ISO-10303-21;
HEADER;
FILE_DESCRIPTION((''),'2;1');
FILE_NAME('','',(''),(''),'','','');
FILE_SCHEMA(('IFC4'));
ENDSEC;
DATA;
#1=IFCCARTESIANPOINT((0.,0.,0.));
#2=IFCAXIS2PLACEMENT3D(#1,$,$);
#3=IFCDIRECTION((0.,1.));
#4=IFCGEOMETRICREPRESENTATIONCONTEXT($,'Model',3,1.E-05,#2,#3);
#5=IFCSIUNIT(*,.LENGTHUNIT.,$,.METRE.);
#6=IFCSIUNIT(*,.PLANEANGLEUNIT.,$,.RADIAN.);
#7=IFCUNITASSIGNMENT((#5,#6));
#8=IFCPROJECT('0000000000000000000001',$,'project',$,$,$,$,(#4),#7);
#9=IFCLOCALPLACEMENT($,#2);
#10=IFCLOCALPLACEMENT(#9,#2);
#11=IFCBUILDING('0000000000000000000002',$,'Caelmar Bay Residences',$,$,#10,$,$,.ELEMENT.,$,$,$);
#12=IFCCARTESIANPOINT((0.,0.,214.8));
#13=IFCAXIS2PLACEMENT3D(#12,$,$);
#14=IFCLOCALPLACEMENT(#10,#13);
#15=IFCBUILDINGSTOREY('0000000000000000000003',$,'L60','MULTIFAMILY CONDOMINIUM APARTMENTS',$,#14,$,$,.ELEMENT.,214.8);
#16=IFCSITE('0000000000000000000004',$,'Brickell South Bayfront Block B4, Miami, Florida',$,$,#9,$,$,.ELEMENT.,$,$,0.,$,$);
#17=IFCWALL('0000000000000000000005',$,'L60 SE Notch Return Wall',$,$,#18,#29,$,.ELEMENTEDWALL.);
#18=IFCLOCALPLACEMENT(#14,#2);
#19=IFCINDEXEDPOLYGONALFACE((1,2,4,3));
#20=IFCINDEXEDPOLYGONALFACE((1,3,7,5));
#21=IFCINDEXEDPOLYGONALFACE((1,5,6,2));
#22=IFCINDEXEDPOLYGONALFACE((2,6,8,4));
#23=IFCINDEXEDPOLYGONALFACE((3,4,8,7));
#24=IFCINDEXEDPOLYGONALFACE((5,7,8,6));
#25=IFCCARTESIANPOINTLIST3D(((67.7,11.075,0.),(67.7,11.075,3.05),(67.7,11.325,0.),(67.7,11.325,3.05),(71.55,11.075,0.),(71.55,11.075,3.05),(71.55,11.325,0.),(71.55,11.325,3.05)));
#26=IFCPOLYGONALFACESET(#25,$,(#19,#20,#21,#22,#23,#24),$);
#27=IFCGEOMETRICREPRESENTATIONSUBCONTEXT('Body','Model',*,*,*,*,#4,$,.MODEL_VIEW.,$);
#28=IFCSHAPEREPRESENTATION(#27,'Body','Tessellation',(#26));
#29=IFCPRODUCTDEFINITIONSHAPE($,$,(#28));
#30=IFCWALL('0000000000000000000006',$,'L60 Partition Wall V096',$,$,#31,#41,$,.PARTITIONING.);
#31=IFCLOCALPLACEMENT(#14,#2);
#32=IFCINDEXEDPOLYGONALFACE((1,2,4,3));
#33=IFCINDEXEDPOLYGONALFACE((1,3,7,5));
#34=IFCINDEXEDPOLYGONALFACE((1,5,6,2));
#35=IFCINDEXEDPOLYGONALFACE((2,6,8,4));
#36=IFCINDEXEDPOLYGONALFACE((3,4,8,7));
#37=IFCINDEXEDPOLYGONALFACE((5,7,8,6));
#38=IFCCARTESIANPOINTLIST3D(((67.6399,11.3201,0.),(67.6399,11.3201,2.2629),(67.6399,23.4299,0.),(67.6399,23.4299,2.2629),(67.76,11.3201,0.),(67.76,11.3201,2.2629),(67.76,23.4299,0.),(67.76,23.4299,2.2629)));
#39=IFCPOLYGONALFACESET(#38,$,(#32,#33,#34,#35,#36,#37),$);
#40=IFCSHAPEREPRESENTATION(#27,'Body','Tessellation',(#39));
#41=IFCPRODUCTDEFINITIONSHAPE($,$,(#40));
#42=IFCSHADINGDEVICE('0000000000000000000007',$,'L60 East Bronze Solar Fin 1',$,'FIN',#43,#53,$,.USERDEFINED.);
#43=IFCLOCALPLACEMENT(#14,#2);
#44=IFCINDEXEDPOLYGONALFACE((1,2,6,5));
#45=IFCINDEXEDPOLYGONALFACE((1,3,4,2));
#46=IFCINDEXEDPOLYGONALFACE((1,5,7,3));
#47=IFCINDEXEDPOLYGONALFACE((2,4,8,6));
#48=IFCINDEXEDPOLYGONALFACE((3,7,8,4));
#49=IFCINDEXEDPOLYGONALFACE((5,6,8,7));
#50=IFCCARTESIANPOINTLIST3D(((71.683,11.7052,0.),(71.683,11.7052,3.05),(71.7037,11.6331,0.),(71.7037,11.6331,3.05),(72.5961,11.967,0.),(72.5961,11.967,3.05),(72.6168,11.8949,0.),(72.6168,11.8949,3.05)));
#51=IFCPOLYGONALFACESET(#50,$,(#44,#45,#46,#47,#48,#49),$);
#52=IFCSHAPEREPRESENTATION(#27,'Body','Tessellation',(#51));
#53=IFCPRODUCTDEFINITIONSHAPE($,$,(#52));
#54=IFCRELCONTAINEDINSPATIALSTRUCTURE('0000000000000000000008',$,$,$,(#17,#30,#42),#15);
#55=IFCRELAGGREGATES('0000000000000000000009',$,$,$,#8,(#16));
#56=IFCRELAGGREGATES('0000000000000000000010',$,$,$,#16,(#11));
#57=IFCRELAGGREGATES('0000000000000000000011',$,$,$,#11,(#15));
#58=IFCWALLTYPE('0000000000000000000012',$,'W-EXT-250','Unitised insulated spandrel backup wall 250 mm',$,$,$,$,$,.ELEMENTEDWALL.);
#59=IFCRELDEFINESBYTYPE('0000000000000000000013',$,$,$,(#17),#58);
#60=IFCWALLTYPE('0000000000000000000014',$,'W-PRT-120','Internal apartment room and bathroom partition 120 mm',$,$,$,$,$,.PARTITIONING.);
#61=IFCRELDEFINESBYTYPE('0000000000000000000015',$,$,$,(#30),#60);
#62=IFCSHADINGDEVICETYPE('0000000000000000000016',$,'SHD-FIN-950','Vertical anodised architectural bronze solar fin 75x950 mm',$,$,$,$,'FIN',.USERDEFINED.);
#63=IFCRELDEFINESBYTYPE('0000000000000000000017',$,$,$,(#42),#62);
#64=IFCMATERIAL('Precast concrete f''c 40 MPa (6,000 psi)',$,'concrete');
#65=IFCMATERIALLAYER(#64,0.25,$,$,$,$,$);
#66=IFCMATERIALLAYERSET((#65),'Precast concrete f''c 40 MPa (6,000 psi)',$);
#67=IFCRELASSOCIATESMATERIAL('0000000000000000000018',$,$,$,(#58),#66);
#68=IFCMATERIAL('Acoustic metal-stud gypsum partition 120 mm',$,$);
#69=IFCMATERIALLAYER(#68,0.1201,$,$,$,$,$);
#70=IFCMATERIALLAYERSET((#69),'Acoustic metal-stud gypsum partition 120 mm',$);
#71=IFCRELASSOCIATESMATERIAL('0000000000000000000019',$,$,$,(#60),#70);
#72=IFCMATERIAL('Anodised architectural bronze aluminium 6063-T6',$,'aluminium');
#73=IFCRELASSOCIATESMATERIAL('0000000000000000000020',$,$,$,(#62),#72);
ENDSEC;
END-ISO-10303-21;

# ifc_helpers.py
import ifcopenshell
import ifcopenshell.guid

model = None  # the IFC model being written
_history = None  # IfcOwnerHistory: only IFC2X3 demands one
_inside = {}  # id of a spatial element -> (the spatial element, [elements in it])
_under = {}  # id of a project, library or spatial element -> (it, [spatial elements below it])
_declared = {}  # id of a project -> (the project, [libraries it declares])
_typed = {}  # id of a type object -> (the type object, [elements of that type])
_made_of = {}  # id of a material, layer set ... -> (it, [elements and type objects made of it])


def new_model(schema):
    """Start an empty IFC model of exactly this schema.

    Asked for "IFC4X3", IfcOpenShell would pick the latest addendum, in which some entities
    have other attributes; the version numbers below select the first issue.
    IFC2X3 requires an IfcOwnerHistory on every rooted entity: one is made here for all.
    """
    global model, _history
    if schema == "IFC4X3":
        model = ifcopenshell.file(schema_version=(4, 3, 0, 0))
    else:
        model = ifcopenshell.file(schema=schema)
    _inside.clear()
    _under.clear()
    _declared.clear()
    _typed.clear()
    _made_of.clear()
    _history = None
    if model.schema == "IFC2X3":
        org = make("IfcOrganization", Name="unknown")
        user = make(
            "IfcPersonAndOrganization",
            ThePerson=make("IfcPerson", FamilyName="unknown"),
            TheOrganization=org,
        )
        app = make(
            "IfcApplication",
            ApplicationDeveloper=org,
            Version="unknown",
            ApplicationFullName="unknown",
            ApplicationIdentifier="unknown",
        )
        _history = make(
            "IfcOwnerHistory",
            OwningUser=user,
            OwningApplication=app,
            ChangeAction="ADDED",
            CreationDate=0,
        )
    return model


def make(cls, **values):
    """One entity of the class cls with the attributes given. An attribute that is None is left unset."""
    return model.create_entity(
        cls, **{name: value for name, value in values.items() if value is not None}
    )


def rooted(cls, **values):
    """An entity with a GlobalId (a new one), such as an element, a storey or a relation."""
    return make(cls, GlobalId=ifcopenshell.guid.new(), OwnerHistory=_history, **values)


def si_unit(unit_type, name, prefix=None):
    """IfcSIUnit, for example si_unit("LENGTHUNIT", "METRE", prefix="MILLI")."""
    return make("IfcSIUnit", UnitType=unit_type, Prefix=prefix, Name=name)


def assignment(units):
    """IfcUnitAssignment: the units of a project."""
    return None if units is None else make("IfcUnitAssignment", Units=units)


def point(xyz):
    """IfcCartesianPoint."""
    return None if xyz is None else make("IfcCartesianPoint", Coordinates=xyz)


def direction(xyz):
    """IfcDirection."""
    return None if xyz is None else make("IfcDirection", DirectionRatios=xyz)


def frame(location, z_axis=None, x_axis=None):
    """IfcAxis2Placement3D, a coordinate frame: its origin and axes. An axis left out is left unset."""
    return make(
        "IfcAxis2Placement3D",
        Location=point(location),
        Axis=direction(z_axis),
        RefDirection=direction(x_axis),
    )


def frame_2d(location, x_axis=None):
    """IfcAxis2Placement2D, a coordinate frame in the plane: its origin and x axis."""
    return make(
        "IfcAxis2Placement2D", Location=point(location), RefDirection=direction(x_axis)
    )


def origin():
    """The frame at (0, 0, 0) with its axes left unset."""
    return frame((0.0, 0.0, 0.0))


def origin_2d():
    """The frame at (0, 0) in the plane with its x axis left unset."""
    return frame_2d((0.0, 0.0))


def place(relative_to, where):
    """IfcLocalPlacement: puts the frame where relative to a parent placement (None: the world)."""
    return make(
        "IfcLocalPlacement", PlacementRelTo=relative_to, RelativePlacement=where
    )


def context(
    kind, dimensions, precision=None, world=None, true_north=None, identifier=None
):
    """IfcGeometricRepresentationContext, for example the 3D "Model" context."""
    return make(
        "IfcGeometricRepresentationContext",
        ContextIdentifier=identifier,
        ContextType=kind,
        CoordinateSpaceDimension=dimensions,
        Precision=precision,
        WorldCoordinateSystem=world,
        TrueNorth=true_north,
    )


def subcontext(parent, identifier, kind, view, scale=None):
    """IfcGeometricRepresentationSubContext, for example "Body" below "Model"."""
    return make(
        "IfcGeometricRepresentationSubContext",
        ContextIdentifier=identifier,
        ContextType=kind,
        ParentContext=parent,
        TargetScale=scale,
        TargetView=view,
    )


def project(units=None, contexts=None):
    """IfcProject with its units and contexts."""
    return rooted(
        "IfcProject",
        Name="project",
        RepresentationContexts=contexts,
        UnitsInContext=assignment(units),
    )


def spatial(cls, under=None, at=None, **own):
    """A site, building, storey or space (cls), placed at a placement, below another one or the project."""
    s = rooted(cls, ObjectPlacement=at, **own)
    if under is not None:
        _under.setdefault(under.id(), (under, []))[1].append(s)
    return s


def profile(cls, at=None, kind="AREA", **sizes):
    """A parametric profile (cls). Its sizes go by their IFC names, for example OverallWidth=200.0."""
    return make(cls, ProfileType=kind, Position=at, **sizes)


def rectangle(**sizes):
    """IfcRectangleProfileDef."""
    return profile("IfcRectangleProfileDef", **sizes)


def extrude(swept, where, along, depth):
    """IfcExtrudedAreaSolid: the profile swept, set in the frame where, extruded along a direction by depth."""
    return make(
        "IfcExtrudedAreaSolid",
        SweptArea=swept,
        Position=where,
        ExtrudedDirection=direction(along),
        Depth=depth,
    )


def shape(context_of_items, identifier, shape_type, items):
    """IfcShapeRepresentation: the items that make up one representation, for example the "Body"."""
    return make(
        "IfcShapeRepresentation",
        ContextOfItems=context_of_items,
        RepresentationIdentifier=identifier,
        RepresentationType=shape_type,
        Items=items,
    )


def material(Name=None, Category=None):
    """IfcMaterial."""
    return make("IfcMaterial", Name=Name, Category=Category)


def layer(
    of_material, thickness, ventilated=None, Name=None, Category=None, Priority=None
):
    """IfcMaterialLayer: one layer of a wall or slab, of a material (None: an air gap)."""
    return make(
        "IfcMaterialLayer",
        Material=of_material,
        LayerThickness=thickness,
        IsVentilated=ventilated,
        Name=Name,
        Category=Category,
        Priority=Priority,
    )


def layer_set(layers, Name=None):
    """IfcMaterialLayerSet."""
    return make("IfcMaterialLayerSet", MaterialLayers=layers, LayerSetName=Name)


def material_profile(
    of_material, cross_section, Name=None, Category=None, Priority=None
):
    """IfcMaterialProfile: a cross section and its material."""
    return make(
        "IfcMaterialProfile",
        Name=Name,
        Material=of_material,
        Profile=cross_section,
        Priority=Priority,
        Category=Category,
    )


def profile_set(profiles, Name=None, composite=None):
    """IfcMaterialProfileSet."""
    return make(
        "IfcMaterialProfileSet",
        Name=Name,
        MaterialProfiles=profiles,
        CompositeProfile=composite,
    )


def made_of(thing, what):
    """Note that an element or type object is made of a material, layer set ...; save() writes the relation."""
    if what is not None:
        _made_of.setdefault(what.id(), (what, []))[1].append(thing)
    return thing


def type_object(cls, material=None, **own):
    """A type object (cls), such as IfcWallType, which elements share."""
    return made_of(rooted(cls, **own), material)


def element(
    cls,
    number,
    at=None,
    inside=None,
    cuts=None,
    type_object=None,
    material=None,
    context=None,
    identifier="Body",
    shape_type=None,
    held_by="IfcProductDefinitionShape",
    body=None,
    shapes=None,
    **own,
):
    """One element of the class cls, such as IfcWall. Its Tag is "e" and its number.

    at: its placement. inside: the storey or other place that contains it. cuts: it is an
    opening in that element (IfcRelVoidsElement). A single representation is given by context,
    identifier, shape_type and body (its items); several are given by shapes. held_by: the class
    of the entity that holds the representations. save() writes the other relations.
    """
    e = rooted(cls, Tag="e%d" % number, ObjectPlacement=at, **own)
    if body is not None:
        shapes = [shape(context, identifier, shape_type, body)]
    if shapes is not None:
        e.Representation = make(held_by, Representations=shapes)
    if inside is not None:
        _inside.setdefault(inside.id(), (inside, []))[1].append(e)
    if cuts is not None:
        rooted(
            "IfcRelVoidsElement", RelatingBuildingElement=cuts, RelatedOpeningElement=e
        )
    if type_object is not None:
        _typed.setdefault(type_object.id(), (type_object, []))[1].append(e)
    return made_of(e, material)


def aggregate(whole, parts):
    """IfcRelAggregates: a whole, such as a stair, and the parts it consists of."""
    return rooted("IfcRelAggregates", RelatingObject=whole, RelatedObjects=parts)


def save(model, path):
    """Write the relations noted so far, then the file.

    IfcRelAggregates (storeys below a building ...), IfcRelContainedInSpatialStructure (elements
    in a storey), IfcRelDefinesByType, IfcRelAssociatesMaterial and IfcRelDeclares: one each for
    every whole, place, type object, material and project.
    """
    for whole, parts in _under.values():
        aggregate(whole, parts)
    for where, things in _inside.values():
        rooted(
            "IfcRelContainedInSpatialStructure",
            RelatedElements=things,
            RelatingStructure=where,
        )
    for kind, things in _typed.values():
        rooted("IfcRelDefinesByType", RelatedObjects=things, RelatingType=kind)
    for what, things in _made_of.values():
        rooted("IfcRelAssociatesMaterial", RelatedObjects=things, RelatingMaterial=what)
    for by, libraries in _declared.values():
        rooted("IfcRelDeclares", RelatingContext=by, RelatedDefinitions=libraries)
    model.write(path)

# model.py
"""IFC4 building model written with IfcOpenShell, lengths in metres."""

from ifc_helpers import new_model, si_unit, direction, frame, frame_2d, origin, origin_2d, place, context, subcontext, project, spatial, rectangle, extrude, material, layer, layer_set, material_profile, profile_set, type_object, element, save


model = new_model("IFC4")

# Units and contexts
model_context = context("Model", 3, precision=1e-05, world=origin(), true_north=direction((0.0, 1.0)))
body_context = subcontext(model_context, "Body", "Model", "MODEL_VIEW")
ifc_project = project(units=[si_unit("LENGTHUNIT", "METRE"), si_unit("PLANEANGLEUNIT", "RADIAN")], contexts=[model_context])

# Site, building, storey
site_placement = place(None, origin())
site = spatial("IfcSite", under=ifc_project, at=site_placement, Name="Brickell South Bayfront Block B4, Miami, Florida", CompositionType="ELEMENT", RefElevation=0.0)
building_placement = place(site_placement, origin())
building = spatial("IfcBuilding", under=site, at=building_placement, Name="Caelmar Bay Residences", CompositionType="ELEMENT")
storey_placement = place(building_placement, frame((0.0, 0.0, 214.8)))
storey = spatial("IfcBuildingStorey", under=building, at=storey_placement, Name="L60", Description="MULTIFAMILY CONDOMINIUM APARTMENTS", CompositionType="ELEMENT", Elevation=214.8)

# Walls
ifc_material_1 = material(Name="Precast concrete f'c 40 MPa (6,000 psi)", Category="concrete")
ifc_layer_1 = layer(ifc_material_1, 0.25)
ifc_layer_set_1 = layer_set([ifc_layer_1], Name="Precast concrete f'c 40 MPa (6,000 psi)")
wall_type_1 = type_object("IfcWallType", Name="W-EXT-250", Description="Unitised insulated spandrel backup wall 250 mm", PredefinedType="ELEMENTEDWALL", material=ifc_layer_set_1)
wall_1_placement = place(storey_placement, frame((67.7, 11.2, 0.0), z_axis=(0.0, 0.0, 1.0), x_axis=(1.0, 0.0, 0.0)))
element("IfcWall", 1, at=wall_1_placement, inside=storey, type_object=wall_type_1, Name="L60 SE Notch Return Wall", PredefinedType="ELEMENTEDWALL", context=body_context, shape_type="SweptSolid", body=[
    extrude(rectangle(XDim=3.8501, YDim=0.25, at=frame_2d((1.925, 0.0))), origin(), (0.0, 0.0, 1.0), 3.05),
])
ifc_material_2 = material(Name="Acoustic metal-stud gypsum partition 120 mm")
ifc_layer_2 = layer(ifc_material_2, 0.1201)
ifc_layer_set_2 = layer_set([ifc_layer_2], Name="Acoustic metal-stud gypsum partition 120 mm")
wall_type_2 = type_object("IfcWallType", Name="W-PRT-120", Description="Internal apartment room and bathroom partition 120 mm", PredefinedType="PARTITIONING", material=ifc_layer_set_2)
wall_2_placement = place(storey_placement, frame((67.7, 11.3201, 0.0), z_axis=(0.0, 0.0, 1.0), x_axis=(0.0, 1.0, 0.0)))
element("IfcWall", 2, at=wall_2_placement, inside=storey, type_object=wall_type_2, Name="L60 Partition Wall V096", PredefinedType="PARTITIONING", context=body_context, shape_type="SweptSolid", body=[
    extrude(rectangle(XDim=12.1099, YDim=0.1201, at=frame_2d((6.0549, 0.0))), origin(), (0.0, 0.0, 1.0), 2.2629),
])

# Shading device
ifc_material_3 = material(Name="Anodised architectural bronze aluminium 6063-T6", Category="aluminium")
ifc_material_profile_1 = material_profile(ifc_material_3, rectangle(XDim=0.075, YDim=0.95, at=origin_2d()), Name="BRONZE-FIN-75X950")
ifc_profile_set_1 = profile_set([ifc_material_profile_1], Name="Anodised architectural bronze aluminium 6063-T6")
shading_device_type = type_object("IfcShadingDeviceType", Name="SHD-FIN-950", Description="Vertical anodised architectural bronze solar fin 75x950 mm", ElementType="FIN", PredefinedType="USERDEFINED", material=ifc_profile_set_1)
shading_device_placement = place(storey_placement, frame((72.1499, 11.8, 0.0), z_axis=(0.0, 0.0, 1.0), x_axis=(-0.275637, 0.961262, 0.0)))
element("IfcShadingDevice", 3, at=shading_device_placement, inside=storey, type_object=shading_device_type, Name="L60 East Bronze Solar Fin 1", ObjectType="FIN", PredefinedType="USERDEFINED", context=body_context, shape_type="SweptSolid", body=[
    extrude(rectangle(XDim=0.075, YDim=0.95, at=origin_2d()), origin(), (0.0, 0.0, 1.0), 3.05),
])

save(model, "model.ifc")
